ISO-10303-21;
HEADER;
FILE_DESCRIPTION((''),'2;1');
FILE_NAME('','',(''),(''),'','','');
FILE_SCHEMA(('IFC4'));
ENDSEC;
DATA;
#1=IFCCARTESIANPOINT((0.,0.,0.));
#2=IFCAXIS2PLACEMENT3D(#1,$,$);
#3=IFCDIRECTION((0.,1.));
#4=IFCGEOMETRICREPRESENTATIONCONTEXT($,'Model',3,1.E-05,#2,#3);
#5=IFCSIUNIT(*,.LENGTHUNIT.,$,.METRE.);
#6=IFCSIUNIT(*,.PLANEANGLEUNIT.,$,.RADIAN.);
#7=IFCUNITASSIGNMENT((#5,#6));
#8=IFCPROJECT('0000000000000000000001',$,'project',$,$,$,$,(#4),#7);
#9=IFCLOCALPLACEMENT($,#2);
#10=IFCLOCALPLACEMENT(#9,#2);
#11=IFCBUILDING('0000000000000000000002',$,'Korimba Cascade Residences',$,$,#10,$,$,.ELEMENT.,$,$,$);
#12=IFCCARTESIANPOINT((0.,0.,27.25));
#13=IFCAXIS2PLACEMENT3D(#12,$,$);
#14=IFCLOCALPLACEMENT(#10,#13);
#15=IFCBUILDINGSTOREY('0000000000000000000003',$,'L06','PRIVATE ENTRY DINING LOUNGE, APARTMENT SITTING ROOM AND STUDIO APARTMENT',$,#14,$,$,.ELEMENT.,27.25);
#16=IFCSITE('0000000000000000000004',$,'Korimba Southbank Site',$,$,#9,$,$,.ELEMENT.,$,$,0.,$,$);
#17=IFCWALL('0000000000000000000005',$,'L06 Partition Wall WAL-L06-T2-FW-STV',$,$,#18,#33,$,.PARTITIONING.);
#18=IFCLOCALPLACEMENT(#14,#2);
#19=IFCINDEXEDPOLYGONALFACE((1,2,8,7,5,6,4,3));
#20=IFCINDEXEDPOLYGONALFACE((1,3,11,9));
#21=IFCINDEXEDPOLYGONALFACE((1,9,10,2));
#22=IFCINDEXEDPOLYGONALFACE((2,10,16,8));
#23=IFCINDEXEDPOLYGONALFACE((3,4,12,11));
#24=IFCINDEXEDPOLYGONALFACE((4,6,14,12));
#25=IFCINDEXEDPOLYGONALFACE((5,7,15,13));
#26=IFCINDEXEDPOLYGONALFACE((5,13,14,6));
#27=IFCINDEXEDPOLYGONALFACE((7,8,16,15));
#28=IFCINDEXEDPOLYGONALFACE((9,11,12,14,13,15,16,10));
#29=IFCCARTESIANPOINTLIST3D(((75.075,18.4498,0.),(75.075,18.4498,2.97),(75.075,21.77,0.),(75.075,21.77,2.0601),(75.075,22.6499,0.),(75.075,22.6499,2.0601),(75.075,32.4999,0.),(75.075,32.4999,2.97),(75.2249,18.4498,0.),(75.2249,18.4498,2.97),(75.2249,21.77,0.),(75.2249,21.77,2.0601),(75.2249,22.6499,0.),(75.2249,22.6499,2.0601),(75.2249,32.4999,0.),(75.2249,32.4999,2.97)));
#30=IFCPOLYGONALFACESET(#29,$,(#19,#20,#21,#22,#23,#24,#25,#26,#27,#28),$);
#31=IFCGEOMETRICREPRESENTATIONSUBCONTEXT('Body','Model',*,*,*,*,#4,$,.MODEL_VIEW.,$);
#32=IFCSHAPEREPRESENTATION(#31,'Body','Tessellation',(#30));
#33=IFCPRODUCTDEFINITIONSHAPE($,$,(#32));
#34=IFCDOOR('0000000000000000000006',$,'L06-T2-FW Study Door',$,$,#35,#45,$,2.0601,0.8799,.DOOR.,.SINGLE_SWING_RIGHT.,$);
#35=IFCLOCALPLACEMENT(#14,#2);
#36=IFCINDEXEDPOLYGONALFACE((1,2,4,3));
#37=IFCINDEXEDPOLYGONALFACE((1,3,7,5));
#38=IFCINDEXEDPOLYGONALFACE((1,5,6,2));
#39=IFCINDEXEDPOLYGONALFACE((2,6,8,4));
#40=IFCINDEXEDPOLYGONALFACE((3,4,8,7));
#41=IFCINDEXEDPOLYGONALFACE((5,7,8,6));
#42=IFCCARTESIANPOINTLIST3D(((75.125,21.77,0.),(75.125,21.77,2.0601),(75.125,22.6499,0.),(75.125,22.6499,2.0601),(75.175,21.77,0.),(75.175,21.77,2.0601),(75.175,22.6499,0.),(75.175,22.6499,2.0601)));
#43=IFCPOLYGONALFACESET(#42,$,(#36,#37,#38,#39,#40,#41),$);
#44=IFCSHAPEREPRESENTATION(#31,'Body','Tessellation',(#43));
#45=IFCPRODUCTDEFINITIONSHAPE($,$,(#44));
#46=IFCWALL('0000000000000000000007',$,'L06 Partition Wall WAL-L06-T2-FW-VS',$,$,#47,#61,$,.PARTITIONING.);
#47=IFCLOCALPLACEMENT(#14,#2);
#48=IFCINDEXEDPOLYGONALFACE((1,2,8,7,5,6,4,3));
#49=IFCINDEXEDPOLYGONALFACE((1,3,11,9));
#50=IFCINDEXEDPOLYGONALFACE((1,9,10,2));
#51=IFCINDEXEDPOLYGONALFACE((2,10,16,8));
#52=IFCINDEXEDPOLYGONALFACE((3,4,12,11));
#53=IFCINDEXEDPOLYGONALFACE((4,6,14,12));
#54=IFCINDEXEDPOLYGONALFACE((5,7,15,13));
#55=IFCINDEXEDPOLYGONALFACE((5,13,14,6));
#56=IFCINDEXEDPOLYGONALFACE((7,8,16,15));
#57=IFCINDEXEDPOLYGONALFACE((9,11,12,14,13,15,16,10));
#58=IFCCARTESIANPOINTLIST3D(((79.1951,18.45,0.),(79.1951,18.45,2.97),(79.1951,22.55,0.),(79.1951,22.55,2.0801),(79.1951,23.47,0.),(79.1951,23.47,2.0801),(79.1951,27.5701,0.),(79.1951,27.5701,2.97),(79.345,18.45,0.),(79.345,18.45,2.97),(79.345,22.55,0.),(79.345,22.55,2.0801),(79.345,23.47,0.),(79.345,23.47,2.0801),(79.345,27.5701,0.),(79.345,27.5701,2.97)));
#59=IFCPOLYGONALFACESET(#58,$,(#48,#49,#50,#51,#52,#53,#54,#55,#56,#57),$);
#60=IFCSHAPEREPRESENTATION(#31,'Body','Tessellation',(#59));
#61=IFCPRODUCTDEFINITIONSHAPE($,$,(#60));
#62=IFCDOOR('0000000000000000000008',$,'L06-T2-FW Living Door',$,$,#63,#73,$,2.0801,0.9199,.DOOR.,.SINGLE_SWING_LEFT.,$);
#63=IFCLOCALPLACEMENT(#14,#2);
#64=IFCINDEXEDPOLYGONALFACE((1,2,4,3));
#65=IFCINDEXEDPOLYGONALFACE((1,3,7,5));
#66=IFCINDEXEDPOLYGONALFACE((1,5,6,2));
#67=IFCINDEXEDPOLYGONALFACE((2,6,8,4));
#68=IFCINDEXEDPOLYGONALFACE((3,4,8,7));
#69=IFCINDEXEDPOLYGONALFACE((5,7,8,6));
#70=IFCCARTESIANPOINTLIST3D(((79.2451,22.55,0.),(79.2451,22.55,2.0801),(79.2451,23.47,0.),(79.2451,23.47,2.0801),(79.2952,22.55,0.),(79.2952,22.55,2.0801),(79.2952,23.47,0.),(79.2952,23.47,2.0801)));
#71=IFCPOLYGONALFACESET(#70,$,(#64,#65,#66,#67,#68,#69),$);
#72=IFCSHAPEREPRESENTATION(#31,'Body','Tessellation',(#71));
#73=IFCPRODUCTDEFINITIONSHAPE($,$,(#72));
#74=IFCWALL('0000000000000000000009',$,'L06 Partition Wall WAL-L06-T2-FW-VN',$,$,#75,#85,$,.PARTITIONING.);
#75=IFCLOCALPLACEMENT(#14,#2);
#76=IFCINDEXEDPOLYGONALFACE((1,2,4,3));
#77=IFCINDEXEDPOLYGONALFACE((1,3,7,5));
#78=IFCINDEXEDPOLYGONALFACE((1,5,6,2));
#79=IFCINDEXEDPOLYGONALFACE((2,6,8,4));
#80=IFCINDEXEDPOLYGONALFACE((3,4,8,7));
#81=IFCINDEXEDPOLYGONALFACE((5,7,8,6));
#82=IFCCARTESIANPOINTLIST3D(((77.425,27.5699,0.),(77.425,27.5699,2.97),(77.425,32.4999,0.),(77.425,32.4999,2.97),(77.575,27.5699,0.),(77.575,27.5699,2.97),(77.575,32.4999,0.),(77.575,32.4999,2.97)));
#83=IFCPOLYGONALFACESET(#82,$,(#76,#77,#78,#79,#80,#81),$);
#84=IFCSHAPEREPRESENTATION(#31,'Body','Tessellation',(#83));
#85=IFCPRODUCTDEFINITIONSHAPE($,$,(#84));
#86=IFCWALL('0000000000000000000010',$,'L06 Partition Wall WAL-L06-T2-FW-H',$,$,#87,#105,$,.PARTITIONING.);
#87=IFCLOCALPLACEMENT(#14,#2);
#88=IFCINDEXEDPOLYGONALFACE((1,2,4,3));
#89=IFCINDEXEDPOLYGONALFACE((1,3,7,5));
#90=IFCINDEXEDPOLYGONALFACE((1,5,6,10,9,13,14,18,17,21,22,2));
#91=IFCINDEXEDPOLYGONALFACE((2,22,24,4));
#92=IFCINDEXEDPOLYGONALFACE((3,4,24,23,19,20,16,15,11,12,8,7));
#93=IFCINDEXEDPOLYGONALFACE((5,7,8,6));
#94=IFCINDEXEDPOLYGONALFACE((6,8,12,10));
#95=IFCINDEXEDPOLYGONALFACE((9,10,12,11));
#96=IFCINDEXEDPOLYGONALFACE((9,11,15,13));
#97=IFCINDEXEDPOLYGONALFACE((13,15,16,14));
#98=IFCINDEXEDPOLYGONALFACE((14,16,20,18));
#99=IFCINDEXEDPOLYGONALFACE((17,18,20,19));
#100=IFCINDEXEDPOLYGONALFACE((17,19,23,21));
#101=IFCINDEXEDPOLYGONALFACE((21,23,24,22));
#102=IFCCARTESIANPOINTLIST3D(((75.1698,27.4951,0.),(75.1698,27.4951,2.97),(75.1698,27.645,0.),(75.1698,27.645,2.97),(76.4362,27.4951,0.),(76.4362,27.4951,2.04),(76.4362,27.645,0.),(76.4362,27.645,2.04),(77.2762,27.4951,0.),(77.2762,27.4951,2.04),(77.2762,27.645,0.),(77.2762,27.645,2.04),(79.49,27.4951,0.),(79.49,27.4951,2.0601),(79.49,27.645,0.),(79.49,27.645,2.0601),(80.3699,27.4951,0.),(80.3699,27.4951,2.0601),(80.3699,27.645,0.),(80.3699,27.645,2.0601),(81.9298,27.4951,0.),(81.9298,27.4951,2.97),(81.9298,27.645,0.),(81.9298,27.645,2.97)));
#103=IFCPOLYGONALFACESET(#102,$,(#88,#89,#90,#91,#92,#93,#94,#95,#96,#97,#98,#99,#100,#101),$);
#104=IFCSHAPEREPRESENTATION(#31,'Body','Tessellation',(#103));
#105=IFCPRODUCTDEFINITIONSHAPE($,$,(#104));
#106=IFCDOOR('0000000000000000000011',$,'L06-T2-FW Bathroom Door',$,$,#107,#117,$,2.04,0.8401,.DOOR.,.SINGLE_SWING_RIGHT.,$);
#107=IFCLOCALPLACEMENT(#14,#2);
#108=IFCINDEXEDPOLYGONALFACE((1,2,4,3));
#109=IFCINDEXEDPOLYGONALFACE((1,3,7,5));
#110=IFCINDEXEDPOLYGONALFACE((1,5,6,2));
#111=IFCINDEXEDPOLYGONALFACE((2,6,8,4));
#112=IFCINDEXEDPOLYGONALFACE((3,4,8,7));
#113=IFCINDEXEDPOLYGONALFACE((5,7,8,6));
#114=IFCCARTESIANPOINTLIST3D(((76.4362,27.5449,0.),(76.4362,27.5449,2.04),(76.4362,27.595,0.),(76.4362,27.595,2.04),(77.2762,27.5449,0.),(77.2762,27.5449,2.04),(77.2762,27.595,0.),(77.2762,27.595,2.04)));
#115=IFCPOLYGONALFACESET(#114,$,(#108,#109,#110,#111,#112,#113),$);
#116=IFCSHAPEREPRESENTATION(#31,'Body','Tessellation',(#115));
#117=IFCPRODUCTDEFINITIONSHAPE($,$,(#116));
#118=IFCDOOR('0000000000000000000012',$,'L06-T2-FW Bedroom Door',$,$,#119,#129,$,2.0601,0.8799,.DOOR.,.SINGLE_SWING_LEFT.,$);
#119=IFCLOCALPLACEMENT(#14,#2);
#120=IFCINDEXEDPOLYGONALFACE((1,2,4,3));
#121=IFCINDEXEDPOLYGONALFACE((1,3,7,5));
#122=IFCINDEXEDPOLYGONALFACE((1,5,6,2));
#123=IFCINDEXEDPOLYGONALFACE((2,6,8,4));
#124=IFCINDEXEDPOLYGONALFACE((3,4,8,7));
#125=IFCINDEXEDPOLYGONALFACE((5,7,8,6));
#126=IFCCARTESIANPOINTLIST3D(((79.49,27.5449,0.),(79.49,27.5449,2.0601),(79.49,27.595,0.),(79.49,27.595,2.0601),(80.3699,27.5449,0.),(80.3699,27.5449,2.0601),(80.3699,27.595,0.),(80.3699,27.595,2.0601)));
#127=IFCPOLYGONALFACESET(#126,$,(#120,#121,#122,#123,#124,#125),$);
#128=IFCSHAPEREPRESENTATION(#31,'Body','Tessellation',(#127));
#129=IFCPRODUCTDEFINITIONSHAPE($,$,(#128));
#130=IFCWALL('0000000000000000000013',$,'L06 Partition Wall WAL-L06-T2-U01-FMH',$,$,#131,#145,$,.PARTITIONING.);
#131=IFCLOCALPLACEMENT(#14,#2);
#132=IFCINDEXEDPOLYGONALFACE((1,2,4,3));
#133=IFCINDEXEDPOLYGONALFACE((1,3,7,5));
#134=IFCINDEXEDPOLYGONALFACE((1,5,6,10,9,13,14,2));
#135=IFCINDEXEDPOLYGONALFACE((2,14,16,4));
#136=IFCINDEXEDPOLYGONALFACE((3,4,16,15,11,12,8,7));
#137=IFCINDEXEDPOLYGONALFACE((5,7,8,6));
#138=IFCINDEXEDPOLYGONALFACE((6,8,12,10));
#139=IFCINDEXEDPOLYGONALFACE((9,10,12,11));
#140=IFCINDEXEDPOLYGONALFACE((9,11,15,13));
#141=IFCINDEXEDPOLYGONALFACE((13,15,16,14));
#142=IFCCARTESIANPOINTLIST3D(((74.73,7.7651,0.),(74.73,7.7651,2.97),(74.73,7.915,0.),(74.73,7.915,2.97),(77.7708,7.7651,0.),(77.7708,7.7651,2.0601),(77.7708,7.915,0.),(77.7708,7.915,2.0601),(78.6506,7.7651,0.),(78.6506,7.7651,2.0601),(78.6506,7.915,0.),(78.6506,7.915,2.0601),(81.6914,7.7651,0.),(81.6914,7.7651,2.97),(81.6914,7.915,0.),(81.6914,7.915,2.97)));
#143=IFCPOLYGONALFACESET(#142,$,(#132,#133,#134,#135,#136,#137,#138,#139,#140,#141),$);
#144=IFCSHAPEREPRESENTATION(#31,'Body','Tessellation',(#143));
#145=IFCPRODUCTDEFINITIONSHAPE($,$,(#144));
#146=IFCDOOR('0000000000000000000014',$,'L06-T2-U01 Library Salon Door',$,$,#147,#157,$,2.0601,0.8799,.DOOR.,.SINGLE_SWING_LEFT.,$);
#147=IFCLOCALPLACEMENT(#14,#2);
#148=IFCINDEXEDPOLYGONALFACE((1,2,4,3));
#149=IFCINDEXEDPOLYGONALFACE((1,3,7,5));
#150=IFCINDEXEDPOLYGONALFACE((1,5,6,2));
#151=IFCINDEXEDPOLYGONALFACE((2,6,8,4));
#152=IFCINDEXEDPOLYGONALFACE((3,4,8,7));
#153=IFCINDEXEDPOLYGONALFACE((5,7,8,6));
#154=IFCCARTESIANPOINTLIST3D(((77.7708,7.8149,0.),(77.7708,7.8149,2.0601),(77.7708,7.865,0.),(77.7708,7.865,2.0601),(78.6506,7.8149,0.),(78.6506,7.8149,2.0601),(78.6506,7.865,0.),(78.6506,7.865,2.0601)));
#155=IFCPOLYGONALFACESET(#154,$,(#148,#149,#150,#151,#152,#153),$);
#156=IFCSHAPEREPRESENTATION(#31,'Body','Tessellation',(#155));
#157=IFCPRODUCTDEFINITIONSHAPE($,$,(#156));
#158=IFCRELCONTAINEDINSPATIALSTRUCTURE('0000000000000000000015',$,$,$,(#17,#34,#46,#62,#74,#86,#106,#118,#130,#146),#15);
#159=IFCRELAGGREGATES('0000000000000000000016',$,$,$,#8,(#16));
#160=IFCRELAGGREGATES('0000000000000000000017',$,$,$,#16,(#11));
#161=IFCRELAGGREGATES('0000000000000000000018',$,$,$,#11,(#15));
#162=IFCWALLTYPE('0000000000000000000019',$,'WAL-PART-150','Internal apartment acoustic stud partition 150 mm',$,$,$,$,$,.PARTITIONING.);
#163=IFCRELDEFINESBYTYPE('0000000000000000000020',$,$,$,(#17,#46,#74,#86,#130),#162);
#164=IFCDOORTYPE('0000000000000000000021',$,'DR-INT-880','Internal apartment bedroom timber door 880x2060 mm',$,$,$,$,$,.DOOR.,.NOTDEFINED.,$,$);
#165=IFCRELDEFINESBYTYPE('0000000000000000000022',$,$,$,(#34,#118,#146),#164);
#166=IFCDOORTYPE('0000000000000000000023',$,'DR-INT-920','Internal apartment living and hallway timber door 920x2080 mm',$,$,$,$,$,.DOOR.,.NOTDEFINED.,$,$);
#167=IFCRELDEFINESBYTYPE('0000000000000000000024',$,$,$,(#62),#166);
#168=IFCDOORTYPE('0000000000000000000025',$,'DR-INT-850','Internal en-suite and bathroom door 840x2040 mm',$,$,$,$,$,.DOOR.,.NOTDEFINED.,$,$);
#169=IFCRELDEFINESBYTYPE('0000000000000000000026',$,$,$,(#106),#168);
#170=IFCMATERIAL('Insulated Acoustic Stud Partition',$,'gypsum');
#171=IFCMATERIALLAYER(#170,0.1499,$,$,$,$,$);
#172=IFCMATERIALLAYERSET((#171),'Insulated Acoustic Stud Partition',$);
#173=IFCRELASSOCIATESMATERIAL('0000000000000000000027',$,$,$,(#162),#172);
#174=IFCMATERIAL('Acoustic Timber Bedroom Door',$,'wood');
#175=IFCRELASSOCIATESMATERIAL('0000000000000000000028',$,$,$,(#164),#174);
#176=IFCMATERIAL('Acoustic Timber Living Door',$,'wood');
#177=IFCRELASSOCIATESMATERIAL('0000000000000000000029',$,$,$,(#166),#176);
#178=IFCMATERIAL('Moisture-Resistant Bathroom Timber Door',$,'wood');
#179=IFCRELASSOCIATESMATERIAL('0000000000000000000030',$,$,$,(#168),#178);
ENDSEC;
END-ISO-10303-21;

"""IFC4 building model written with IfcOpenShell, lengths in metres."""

from ifc_helpers import new_model, si_unit, direction, frame, frame_2d, origin, place, context, subcontext, project, spatial, rectangle, extrude, material, layer, layer_set, type_object, element, fill, save


model = new_model("IFC4")

# Units and contexts
model_context = context("Model", 3, precision=1e-05, world=origin(), true_north=direction((0.0, 1.0)))
body_context = subcontext(model_context, "Body", "Model", "MODEL_VIEW")
ifc_project = project(units=[si_unit("LENGTHUNIT", "METRE"), si_unit("PLANEANGLEUNIT", "RADIAN")], contexts=[model_context])

# Site, building, storey
site_placement = place(None, origin())
site = spatial("IfcSite", under=ifc_project, at=site_placement, Name="Korimba Southbank Site", CompositionType="ELEMENT", RefElevation=0.0)
building_placement = place(site_placement, origin())
building = spatial("IfcBuilding", under=site, at=building_placement, Name="Korimba Cascade Residences", CompositionType="ELEMENT")
storey_placement = place(building_placement, frame((0.0, 0.0, 27.25)))
storey = spatial("IfcBuildingStorey", under=building, at=storey_placement, Name="L06", Description="PRIVATE ENTRY DINING LOUNGE, APARTMENT SITTING ROOM AND STUDIO APARTMENT", CompositionType="ELEMENT", Elevation=27.25)

# Shared definitions
ifc_material_1 = material(Name="Insulated Acoustic Stud Partition", Category="gypsum")
ifc_layer_1 = layer(ifc_material_1, 0.1499)
ifc_layer_set_1 = layer_set([ifc_layer_1], Name="Insulated Acoustic Stud Partition")
wall_type_1 = type_object("IfcWallType", Name="WAL-PART-150", Description="Internal apartment acoustic stud partition 150 mm", PredefinedType="PARTITIONING", material=ifc_layer_set_1)

# Walls, openings, doors
wall_1_placement = place(storey_placement, frame((75.1499, 18.45, 0.0), z_axis=(0.0, 0.0, 1.0), x_axis=(0.0, 1.0, 0.0)))
wall_1 = element("IfcWall", 1, at=wall_1_placement, inside=storey, type_object=wall_type_1, Name="L06 Partition Wall WAL-L06-T2-FW-STV", PredefinedType="PARTITIONING", context=body_context, shape_type="SweptSolid", body=[
    extrude(rectangle(XDim=14.05, YDim=0.1499, at=frame_2d((7.0249, 0.0))), origin(), (0.0, 0.0, 1.0), 2.97),
])
opening_1_placement = place(wall_1_placement, frame((3.3201, 0.0, 0.0)))
opening_1 = element("IfcOpeningElement", 2, at=opening_1_placement, cuts=wall_1, PredefinedType="OPENING", context=body_context, shape_type="SweptSolid", body=[
    extrude(rectangle(XDim=0.8799, YDim=2.0601, at=frame_2d((0.4399, 1.03))), frame((0.0, 0.085, 0.0), z_axis=(0.0, -1.0, 0.0), x_axis=(1.0, 0.0, 0.0)), (0.0, 0.0, 1.0), 0.1699),
])
ifc_material_2 = material(Name="Acoustic Timber Bedroom Door", Category="wood")
door_type_1 = type_object("IfcDoorType", Name="DR-INT-880", Description="Internal apartment bedroom timber door 880x2060 mm", OperationType="NOTDEFINED", PredefinedType="DOOR", material=ifc_material_2)
door_1_placement = place(opening_1_placement, origin())
door_1 = element("IfcDoor", 3, at=door_1_placement, inside=storey, type_object=door_type_1, Name="L06-T2-FW Study Door", OperationType="SINGLE_SWING_RIGHT", OverallHeight=2.0601, OverallWidth=0.8799, PredefinedType="DOOR", context=body_context, shape_type="SweptSolid", body=[
    extrude(rectangle(XDim=0.8799, YDim=2.0601, at=frame_2d((0.4399, 1.03))), frame((0.0, 0.0249, 0.0), z_axis=(0.0, -1.0, 0.0), x_axis=(1.0, 0.0, 0.0)), (0.0, 0.0, 1.0), 0.05),
])
fill(opening_1, door_1)
wall_2_placement = place(storey_placement, frame((79.27, 18.45, 0.0), z_axis=(0.0, 0.0, 1.0), x_axis=(0.0, 1.0, 0.0)))
wall_2 = element("IfcWall", 4, at=wall_2_placement, inside=storey, type_object=wall_type_1, Name="L06 Partition Wall WAL-L06-T2-FW-VS", PredefinedType="PARTITIONING", context=body_context, shape_type="SweptSolid", body=[
    extrude(rectangle(XDim=9.1201, YDim=0.1499, at=frame_2d((4.5601, 0.0))), origin(), (0.0, 0.0, 1.0), 2.97),
])
opening_2_placement = place(wall_2_placement, frame((4.1001, 0.0, 0.0)))
opening_2 = element("IfcOpeningElement", 5, at=opening_2_placement, cuts=wall_2, PredefinedType="OPENING", context=body_context, shape_type="SweptSolid", body=[
    extrude(rectangle(XDim=0.9199, YDim=2.0801, at=frame_2d((0.46, 1.04))), frame((0.0, 0.085, 0.0), z_axis=(0.0, -1.0, 0.0), x_axis=(1.0, 0.0, 0.0)), (0.0, 0.0, 1.0), 0.1699),
])
ifc_material_3 = material(Name="Acoustic Timber Living Door", Category="wood")
door_type_2 = type_object("IfcDoorType", Name="DR-INT-920", Description="Internal apartment living and hallway timber door 920x2080 mm", OperationType="NOTDEFINED", PredefinedType="DOOR", material=ifc_material_3)
door_2_placement = place(opening_2_placement, origin())
door_2 = element("IfcDoor", 6, at=door_2_placement, inside=storey, type_object=door_type_2, Name="L06-T2-FW Living Door", OperationType="SINGLE_SWING_LEFT", OverallHeight=2.0801, OverallWidth=0.9199, PredefinedType="DOOR", context=body_context, shape_type="SweptSolid", body=[
    extrude(rectangle(XDim=0.9199, YDim=2.0801, at=frame_2d((0.46, 1.04))), frame((0.0, 0.0249, 0.0), z_axis=(0.0, -1.0, 0.0), x_axis=(1.0, 0.0, 0.0)), (0.0, 0.0, 1.0), 0.05),
])
fill(opening_2, door_2)

# Wall
wall_3_placement = place(storey_placement, frame((77.5, 27.5701, 0.0), z_axis=(0.0, 0.0, 1.0), x_axis=(0.0, 1.0, 0.0)))
element("IfcWall", 7, at=wall_3_placement, inside=storey, type_object=wall_type_1, Name="L06 Partition Wall WAL-L06-T2-FW-VN", PredefinedType="PARTITIONING", context=body_context, shape_type="SweptSolid", body=[
    extrude(rectangle(XDim=4.9299, YDim=0.1499, at=frame_2d((2.4648, 0.0))), origin(), (0.0, 0.0, 1.0), 2.97),
])

# Wall, openings, doors
wall_4_placement = place(storey_placement, frame((75.1699, 27.5701, 0.0), z_axis=(0.0, 0.0, 1.0), x_axis=(1.0, 0.0, 0.0)))
wall_4 = element("IfcWall", 8, at=wall_4_placement, inside=storey, type_object=wall_type_1, Name="L06 Partition Wall WAL-L06-T2-FW-H", PredefinedType="PARTITIONING", context=body_context, shape_type="SweptSolid", body=[
    extrude(rectangle(XDim=6.76, YDim=0.1499, at=frame_2d((3.3799, 0.0))), origin(), (0.0, 0.0, 1.0), 2.97),
])
opening_3_placement = place(wall_4_placement, frame((1.2664, 0.0, 0.0)))
opening_3 = element("IfcOpeningElement", 9, at=opening_3_placement, cuts=wall_4, PredefinedType="OPENING", context=body_context, shape_type="SweptSolid", body=[
    extrude(rectangle(XDim=0.8401, YDim=2.04, at=frame_2d((0.4199, 1.02))), frame((0.0, 0.085, 0.0), z_axis=(0.0, -1.0, 0.0), x_axis=(1.0, 0.0, 0.0)), (0.0, 0.0, 1.0), 0.1699),
])
opening_4_placement = place(wall_4_placement, frame((4.3201, 0.0, 0.0)))
opening_4 = element("IfcOpeningElement", 10, at=opening_4_placement, cuts=wall_4, PredefinedType="OPENING", context=body_context, shape_type="SweptSolid", body=[
    extrude(rectangle(XDim=0.8799, YDim=2.0601, at=frame_2d((0.4399, 1.03))), frame((0.0, 0.085, 0.0), z_axis=(0.0, -1.0, 0.0), x_axis=(1.0, 0.0, 0.0)), (0.0, 0.0, 1.0), 0.1699),
])
ifc_material_4 = material(Name="Moisture-Resistant Bathroom Timber Door", Category="wood")
door_type_3 = type_object("IfcDoorType", Name="DR-INT-850", Description="Internal en-suite and bathroom door 840x2040 mm", OperationType="NOTDEFINED", PredefinedType="DOOR", material=ifc_material_4)
door_3_placement = place(opening_3_placement, origin())
door_3 = element("IfcDoor", 11, at=door_3_placement, inside=storey, type_object=door_type_3, Name="L06-T2-FW Bathroom Door", OperationType="SINGLE_SWING_RIGHT", OverallHeight=2.04, OverallWidth=0.8401, PredefinedType="DOOR", context=body_context, shape_type="SweptSolid", body=[
    extrude(rectangle(XDim=0.8401, YDim=2.04, at=frame_2d((0.4199, 1.02))), frame((0.0, 0.0249, 0.0), z_axis=(0.0, -1.0, 0.0), x_axis=(1.0, 0.0, 0.0)), (0.0, 0.0, 1.0), 0.05),
])
fill(opening_3, door_3)
door_4_placement = place(opening_4_placement, origin())
door_4 = element("IfcDoor", 12, at=door_4_placement, inside=storey, type_object=door_type_1, Name="L06-T2-FW Bedroom Door", OperationType="SINGLE_SWING_LEFT", OverallHeight=2.0601, OverallWidth=0.8799, PredefinedType="DOOR", context=body_context, shape_type="SweptSolid", body=[
    extrude(rectangle(XDim=0.8799, YDim=2.0601, at=frame_2d((0.4399, 1.03))), frame((0.0, 0.0249, 0.0), z_axis=(0.0, -1.0, 0.0), x_axis=(1.0, 0.0, 0.0)), (0.0, 0.0, 1.0), 0.05),
])
fill(opening_4, door_4)

# Wall, opening, door
wall_5_placement = place(storey_placement, frame((74.73, 7.8401, 0.0), z_axis=(0.0, 0.0, 1.0), x_axis=(1.0, 0.0, 0.0)))
wall_5 = element("IfcWall", 13, at=wall_5_placement, inside=storey, type_object=wall_type_1, Name="L06 Partition Wall WAL-L06-T2-U01-FMH", PredefinedType="PARTITIONING", context=body_context, shape_type="SweptSolid", body=[
    extrude(rectangle(XDim=6.9614, YDim=0.1499, at=frame_2d((3.4807, 0.0))), origin(), (0.0, 0.0, 1.0), 2.97),
])
opening_5_placement = place(wall_5_placement, frame((3.0408, 0.0, 0.0)))
opening_5 = element("IfcOpeningElement", 14, at=opening_5_placement, cuts=wall_5, PredefinedType="OPENING", context=body_context, shape_type="SweptSolid", body=[
    extrude(rectangle(XDim=0.8799, YDim=2.0601, at=frame_2d((0.4399, 1.03))), frame((0.0, 0.085, 0.0), z_axis=(0.0, -1.0, 0.0), x_axis=(1.0, 0.0, 0.0)), (0.0, 0.0, 1.0), 0.1699),
])
door_5_placement = place(opening_5_placement, origin())
door_5 = element("IfcDoor", 15, at=door_5_placement, inside=storey, type_object=door_type_1, Name="L06-T2-U01 Library Salon Door", OperationType="SINGLE_SWING_LEFT", OverallHeight=2.0601, OverallWidth=0.8799, PredefinedType="DOOR", context=body_context, shape_type="SweptSolid", body=[
    extrude(rectangle(XDim=0.8799, YDim=2.0601, at=frame_2d((0.4399, 1.03))), frame((0.0, 0.0249, 0.0), z_axis=(0.0, -1.0, 0.0), x_axis=(1.0, 0.0, 0.0)), (0.0, 0.0, 1.0), 0.05),
])
fill(opening_5, door_5)

save(model, "model.ifc")
